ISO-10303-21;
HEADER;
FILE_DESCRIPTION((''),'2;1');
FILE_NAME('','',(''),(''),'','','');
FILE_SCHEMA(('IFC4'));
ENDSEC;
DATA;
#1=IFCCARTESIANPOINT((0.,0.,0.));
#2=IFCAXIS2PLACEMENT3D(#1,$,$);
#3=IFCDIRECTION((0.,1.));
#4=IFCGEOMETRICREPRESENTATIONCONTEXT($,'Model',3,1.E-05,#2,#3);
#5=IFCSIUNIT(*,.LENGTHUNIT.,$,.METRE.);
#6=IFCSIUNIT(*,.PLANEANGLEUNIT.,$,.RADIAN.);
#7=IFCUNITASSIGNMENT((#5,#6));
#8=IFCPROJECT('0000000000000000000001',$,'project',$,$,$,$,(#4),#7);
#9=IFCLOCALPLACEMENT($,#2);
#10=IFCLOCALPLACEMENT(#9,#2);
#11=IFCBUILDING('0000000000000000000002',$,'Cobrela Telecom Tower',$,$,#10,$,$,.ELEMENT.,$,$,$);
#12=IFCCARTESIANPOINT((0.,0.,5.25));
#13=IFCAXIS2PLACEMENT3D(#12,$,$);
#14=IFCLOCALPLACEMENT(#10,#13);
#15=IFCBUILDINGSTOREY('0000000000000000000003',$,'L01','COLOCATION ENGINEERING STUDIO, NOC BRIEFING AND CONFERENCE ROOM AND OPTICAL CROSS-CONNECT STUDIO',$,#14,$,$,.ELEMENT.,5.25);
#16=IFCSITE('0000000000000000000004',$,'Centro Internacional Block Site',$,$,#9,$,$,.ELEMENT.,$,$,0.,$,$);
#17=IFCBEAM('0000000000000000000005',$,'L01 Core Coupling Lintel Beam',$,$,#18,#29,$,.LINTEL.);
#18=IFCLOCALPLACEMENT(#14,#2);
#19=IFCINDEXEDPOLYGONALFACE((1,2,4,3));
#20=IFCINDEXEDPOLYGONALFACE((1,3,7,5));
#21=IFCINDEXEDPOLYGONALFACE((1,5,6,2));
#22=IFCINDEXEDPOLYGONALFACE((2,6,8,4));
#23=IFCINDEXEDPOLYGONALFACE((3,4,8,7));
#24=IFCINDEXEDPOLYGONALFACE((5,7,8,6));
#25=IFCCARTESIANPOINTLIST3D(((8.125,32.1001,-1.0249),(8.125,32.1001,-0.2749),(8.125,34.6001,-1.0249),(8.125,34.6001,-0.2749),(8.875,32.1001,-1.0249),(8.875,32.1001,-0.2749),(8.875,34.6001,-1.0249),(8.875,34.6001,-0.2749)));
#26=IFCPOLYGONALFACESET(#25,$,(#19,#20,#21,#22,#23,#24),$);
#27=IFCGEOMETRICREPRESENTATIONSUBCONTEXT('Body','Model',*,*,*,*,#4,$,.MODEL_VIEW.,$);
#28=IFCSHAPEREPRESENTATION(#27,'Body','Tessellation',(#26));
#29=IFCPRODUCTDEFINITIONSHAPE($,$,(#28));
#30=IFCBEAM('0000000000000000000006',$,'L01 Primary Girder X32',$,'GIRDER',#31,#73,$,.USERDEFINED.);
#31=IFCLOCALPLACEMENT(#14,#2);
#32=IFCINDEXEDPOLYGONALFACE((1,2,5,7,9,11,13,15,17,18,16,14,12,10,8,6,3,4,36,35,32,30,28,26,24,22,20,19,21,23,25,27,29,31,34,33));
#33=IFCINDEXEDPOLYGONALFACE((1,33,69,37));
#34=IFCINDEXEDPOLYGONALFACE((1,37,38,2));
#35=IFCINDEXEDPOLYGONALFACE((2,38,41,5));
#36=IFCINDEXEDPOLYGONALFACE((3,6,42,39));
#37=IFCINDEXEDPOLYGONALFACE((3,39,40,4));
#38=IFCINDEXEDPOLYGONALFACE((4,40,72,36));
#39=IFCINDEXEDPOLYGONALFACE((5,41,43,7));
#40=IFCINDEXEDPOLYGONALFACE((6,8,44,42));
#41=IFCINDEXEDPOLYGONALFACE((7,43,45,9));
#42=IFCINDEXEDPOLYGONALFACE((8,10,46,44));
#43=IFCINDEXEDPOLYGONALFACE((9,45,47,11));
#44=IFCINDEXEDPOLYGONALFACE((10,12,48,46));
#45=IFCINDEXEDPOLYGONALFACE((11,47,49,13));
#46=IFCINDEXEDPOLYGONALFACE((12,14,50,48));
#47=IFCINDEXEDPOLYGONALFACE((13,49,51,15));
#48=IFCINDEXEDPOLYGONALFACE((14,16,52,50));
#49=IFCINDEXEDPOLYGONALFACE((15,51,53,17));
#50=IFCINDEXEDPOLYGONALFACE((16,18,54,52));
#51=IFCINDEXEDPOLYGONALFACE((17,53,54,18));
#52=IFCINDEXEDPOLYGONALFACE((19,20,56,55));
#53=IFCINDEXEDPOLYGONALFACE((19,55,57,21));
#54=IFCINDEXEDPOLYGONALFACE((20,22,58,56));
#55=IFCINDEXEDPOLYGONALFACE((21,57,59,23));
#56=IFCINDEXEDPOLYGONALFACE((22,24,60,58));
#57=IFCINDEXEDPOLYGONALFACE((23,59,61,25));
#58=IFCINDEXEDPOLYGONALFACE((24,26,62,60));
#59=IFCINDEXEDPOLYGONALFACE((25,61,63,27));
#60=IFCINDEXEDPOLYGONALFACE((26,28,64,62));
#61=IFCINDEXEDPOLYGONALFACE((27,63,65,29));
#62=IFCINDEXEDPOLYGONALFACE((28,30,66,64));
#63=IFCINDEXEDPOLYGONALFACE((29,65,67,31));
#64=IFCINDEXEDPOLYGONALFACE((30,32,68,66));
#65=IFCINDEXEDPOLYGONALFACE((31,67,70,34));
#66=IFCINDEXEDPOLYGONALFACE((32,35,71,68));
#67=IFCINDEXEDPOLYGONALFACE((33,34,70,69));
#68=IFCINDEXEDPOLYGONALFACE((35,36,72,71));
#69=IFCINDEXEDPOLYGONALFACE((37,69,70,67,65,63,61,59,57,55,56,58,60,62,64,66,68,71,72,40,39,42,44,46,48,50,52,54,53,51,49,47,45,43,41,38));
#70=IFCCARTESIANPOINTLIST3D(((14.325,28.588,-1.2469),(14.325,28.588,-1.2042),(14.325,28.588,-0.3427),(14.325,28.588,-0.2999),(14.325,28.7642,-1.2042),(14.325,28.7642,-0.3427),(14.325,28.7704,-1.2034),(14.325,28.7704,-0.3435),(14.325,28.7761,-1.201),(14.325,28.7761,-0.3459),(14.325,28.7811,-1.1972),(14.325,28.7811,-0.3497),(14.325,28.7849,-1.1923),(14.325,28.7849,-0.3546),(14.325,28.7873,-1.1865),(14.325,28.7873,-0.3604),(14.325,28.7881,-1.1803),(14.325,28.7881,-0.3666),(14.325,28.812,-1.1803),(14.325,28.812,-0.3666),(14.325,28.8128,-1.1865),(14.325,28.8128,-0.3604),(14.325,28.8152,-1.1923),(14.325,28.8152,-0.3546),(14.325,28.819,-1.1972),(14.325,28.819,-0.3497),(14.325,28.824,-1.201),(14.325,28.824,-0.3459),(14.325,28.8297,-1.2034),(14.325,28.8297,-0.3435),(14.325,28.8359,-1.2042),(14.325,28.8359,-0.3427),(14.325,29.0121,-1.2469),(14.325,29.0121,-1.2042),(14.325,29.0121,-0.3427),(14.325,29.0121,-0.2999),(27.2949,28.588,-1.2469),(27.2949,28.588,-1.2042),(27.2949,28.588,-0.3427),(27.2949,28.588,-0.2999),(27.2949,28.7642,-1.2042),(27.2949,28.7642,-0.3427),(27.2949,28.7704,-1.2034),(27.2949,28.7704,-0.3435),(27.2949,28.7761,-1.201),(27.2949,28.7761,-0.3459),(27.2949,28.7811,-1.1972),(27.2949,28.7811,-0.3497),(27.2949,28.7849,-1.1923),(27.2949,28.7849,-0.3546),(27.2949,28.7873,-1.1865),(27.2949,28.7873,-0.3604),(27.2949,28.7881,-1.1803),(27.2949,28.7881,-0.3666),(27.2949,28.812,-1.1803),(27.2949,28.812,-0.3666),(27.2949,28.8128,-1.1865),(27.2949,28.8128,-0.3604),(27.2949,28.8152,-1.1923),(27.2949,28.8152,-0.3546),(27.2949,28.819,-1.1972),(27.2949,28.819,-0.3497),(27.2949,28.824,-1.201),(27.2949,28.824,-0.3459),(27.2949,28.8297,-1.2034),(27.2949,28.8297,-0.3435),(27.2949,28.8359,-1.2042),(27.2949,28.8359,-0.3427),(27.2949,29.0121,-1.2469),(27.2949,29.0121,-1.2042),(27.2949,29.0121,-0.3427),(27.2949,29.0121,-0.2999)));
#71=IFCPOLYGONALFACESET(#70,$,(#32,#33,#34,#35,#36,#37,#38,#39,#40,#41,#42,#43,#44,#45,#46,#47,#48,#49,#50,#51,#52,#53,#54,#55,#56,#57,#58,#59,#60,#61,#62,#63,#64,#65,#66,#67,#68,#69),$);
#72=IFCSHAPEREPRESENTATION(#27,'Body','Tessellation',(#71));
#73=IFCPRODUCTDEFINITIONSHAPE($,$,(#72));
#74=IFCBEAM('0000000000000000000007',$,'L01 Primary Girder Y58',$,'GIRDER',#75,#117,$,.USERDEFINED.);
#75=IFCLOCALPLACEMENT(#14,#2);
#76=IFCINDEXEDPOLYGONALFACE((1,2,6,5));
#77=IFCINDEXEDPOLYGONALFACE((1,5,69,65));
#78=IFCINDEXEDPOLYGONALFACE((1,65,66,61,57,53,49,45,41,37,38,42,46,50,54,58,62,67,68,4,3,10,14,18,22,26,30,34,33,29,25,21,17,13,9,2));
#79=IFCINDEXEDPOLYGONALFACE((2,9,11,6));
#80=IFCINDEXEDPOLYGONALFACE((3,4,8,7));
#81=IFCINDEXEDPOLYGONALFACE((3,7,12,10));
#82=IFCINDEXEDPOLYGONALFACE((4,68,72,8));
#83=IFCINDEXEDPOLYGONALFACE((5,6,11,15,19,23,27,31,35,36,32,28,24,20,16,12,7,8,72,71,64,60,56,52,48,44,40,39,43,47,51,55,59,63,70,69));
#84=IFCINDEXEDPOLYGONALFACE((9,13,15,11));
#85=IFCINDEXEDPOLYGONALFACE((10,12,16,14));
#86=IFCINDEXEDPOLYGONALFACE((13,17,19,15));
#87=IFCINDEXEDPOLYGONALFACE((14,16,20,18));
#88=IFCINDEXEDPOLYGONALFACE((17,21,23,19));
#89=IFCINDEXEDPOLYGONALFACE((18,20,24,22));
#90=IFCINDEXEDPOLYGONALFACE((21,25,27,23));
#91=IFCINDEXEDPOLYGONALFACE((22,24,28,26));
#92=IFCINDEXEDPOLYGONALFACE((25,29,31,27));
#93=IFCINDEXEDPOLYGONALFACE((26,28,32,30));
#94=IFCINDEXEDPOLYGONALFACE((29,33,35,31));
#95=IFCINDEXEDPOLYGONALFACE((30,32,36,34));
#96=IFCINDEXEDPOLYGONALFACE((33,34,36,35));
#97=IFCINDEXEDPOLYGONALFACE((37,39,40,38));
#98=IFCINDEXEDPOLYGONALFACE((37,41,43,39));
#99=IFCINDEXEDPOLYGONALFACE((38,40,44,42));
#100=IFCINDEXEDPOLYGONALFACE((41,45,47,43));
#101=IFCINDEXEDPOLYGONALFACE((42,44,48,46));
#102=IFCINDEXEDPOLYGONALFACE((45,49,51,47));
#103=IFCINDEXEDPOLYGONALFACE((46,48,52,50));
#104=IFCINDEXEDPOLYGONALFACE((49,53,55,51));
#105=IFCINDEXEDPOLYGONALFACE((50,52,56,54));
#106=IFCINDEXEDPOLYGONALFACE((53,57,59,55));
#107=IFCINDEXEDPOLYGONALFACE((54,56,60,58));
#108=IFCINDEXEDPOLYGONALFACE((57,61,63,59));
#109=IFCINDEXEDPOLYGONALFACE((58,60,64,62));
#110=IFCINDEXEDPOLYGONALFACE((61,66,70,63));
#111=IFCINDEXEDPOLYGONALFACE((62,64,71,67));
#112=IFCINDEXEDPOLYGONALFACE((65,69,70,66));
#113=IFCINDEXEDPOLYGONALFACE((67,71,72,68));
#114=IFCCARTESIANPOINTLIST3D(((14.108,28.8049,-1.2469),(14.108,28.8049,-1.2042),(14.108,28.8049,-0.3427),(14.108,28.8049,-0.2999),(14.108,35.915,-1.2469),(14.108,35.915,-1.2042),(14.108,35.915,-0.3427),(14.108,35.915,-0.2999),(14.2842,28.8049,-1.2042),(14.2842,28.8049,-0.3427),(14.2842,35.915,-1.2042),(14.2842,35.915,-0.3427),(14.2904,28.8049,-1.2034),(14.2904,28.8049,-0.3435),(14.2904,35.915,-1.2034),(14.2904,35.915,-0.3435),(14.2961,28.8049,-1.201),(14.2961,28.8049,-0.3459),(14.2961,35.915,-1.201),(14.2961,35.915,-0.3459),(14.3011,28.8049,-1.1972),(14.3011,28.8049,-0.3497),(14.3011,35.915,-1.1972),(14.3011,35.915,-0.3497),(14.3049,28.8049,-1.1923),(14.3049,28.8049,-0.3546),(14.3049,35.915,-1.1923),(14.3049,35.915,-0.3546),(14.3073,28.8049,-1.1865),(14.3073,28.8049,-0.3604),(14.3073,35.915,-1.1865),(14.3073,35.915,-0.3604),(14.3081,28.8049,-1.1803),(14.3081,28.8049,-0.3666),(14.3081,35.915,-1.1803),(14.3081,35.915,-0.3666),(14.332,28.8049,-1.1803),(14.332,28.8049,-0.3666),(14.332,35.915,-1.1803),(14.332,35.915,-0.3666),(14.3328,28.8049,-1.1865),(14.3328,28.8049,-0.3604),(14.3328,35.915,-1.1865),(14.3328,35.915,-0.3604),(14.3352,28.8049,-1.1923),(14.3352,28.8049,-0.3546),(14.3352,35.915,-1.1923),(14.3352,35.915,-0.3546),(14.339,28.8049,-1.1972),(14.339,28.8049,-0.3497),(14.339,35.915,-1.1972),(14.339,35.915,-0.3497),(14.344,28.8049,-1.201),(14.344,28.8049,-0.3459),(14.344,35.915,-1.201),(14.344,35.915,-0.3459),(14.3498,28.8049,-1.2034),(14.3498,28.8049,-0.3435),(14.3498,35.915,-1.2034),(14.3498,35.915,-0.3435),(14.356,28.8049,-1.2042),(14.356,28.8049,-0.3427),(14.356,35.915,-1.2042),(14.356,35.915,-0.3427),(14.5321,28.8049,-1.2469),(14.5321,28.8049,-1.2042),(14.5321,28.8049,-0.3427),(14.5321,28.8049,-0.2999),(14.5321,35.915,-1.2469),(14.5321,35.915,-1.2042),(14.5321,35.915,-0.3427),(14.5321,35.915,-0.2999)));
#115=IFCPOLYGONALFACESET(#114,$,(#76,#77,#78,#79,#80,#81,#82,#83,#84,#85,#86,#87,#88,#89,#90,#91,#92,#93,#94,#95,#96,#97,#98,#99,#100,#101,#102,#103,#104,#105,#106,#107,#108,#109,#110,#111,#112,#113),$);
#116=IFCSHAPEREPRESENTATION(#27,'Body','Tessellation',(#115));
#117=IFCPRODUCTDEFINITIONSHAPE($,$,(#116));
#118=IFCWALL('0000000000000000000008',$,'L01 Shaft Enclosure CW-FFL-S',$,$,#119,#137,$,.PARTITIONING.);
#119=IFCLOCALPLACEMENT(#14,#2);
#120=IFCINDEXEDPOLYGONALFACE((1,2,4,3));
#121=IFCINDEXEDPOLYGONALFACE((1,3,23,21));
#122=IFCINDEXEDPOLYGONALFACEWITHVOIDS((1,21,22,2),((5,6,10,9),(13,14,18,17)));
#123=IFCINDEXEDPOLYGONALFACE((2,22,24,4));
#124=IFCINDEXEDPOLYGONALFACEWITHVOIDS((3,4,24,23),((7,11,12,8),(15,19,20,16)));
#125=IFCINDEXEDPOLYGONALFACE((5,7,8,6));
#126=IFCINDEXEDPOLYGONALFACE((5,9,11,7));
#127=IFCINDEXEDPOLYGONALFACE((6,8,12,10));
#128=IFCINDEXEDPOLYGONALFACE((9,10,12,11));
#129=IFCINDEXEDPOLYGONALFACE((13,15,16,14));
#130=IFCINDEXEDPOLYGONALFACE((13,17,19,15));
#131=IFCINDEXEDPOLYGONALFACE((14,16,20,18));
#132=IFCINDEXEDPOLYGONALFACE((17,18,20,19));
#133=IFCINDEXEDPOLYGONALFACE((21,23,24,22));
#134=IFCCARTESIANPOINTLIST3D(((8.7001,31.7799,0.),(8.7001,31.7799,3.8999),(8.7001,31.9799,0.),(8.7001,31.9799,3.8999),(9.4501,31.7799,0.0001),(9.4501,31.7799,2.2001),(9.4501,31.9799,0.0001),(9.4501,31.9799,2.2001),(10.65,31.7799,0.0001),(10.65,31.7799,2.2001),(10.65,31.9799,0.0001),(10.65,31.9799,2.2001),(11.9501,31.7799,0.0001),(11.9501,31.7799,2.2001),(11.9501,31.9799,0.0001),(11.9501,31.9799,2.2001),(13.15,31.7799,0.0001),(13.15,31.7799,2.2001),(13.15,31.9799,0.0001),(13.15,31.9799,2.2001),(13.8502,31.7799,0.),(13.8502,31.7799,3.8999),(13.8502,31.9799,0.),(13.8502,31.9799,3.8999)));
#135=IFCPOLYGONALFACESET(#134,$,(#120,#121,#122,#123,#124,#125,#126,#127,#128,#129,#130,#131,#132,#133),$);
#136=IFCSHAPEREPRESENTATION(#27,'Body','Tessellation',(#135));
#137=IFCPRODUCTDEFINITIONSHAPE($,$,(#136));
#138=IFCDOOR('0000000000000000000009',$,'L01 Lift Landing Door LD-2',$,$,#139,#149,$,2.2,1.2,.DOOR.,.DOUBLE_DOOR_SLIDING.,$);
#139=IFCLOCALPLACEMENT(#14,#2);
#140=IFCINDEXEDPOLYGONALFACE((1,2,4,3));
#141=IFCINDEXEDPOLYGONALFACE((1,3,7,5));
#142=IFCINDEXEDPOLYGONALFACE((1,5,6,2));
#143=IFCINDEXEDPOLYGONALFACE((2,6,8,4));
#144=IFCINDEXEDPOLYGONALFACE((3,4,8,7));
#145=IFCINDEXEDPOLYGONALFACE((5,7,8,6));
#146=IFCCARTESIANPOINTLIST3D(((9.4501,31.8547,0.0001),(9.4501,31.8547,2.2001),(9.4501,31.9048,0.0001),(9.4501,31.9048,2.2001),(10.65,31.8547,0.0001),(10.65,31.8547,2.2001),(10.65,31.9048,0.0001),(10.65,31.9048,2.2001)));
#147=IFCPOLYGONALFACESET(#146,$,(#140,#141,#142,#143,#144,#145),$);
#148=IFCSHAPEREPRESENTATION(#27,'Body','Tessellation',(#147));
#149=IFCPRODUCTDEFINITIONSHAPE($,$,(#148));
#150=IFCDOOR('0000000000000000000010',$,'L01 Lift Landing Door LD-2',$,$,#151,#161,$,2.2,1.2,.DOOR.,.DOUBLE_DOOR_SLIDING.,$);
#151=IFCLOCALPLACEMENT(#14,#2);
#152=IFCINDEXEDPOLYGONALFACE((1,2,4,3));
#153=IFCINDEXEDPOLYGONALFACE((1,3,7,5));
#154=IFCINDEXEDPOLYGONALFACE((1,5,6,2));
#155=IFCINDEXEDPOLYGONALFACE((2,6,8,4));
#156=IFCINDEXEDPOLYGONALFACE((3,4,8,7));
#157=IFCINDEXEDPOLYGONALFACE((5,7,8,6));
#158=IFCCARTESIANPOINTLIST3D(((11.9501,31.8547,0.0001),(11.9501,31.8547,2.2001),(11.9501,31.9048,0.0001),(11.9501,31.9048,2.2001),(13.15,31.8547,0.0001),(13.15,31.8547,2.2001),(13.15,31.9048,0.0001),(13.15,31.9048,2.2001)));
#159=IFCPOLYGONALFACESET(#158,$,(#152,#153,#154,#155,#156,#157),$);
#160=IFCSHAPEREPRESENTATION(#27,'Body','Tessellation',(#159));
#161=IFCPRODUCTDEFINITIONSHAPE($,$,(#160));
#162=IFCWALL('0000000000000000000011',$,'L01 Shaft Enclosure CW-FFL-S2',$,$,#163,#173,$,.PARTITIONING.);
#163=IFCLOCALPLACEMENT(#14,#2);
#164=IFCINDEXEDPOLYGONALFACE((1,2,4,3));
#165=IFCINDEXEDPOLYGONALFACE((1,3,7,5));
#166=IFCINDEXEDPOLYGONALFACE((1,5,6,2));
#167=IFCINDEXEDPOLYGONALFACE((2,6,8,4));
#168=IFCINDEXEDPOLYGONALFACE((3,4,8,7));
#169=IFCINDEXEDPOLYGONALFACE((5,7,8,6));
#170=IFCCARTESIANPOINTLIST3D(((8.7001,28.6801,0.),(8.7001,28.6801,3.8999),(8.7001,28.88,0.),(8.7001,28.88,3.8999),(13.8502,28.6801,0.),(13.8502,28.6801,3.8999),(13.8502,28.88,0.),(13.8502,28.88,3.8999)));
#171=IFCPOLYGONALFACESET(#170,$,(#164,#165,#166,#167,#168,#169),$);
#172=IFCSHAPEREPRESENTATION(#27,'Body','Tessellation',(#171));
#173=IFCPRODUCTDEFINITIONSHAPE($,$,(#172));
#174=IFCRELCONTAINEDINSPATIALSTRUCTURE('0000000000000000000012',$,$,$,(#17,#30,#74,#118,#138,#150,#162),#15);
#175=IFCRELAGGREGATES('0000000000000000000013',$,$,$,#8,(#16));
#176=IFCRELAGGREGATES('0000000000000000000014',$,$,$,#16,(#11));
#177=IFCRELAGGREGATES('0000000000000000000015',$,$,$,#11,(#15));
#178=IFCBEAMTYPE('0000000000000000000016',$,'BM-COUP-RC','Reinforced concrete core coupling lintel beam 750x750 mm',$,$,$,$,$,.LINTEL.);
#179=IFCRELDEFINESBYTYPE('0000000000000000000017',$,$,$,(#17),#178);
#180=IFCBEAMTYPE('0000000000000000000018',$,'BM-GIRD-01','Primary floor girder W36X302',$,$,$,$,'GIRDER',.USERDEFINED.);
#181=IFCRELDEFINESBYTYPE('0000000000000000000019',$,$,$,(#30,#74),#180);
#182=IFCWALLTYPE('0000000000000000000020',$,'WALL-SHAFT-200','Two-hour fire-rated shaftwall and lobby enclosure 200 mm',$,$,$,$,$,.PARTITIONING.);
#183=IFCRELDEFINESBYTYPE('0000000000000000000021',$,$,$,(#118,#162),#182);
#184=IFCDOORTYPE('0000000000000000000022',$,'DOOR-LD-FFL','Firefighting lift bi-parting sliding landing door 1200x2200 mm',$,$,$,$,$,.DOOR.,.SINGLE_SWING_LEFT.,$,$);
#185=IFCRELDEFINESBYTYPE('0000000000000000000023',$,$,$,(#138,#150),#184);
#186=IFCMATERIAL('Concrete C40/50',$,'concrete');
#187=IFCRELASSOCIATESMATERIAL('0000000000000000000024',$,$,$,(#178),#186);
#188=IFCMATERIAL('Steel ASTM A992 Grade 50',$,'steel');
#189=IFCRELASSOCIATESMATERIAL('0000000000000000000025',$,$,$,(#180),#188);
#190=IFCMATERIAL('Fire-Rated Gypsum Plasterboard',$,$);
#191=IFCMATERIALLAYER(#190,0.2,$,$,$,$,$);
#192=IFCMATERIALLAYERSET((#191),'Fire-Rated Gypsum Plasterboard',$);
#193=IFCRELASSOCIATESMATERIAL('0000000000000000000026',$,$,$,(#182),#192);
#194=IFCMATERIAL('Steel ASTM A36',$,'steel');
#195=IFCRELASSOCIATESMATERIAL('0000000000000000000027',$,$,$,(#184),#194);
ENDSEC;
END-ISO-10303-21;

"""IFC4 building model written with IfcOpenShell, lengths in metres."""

from ifc_helpers import new_model, si_unit, direction, frame, frame_2d, origin, origin_2d, place, context, subcontext, project, spatial, rectangle, i_section, extrude, material, layer, layer_set, material_profile, profile_set, type_object, element, fill, save


model = new_model("IFC4")

# Units and contexts
model_context = context("Model", 3, precision=1e-05, world=origin(), true_north=direction((0.0, 1.0)))
body_context = subcontext(model_context, "Body", "Model", "MODEL_VIEW")
ifc_project = project(units=[si_unit("LENGTHUNIT", "METRE"), si_unit("PLANEANGLEUNIT", "RADIAN")], contexts=[model_context])

# Site, building, storey
site_placement = place(None, origin())
site = spatial("IfcSite", under=ifc_project, at=site_placement, Name="Centro Internacional Block Site", CompositionType="ELEMENT", RefElevation=0.0)
building_placement = place(site_placement, origin())
building = spatial("IfcBuilding", under=site, at=building_placement, Name="Cobrela Telecom Tower", CompositionType="ELEMENT")
storey_placement = place(building_placement, frame((0.0, 0.0, 5.25)))
storey = spatial("IfcBuildingStorey", under=building, at=storey_placement, Name="L01", Description="COLOCATION ENGINEERING STUDIO, NOC BRIEFING AND CONFERENCE ROOM AND OPTICAL CROSS-CONNECT STUDIO", CompositionType="ELEMENT", Elevation=5.25)

# Beams
ifc_material_1 = material(Name="Concrete C40/50", Category="concrete")
ifc_material_profile_1 = material_profile(ifc_material_1, rectangle(XDim=0.75, YDim=0.75, at=origin_2d()), Name="RC 750x750")
ifc_profile_set_1 = profile_set([ifc_material_profile_1], Name="Concrete C40/50")
beam_type_1 = type_object("IfcBeamType", Name="BM-COUP-RC", Description="Reinforced concrete core coupling lintel beam 750x750 mm", PredefinedType="LINTEL", material=ifc_profile_set_1)
beam_1_placement = place(storey_placement, frame((8.5, 32.1001, -0.6499), z_axis=(0.0, 1.0, 0.0), x_axis=(-1.0, 0.0, 0.0)))
element("IfcBeam", 1, at=beam_1_placement, inside=storey, type_object=beam_type_1, Name="L01 Core Coupling Lintel Beam", PredefinedType="LINTEL", context=body_context, shape_type="SweptSolid", body=[
    extrude(rectangle(XDim=0.75, YDim=0.75, at=origin_2d()), origin(), (0.0, 0.0, 1.0), 2.5),
])
ifc_material_2 = material(Name="Steel ASTM A992 Grade 50", Category="steel")
ifc_material_profile_2 = material_profile(ifc_material_2, i_section(OverallWidth=0.4241, OverallDepth=0.947, WebThickness=0.0239, FlangeThickness=0.0427, FilletRadius=0.0239, at=origin_2d()), Name="W36X302")
ifc_profile_set_2 = profile_set([ifc_material_profile_2], Name="Steel ASTM A992 Grade 50")
beam_type_2 = type_object("IfcBeamType", Name="BM-GIRD-01", Description="Primary floor girder W36X302", ElementType="GIRDER", PredefinedType="USERDEFINED", material=ifc_profile_set_2)
beam_2_placement = place(storey_placement, frame((14.325, 28.8, -0.7734), z_axis=(1.0, 0.0, 0.0), x_axis=(0.0, 1.0, 0.0)))
element("IfcBeam", 2, at=beam_2_placement, inside=storey, type_object=beam_type_2, Name="L01 Primary Girder X32", ObjectType="GIRDER", PredefinedType="USERDEFINED", context=body_context, shape_type="SweptSolid", body=[
    extrude(i_section(OverallWidth=0.4241, OverallDepth=0.947, WebThickness=0.0239, FlangeThickness=0.0427, FilletRadius=0.0239, at=origin_2d()), origin(), (0.0, 0.0, 1.0), 12.97),
])
beam_3_placement = place(storey_placement, frame((14.3201, 28.8049, -0.7734), z_axis=(0.0, 1.0, 0.0), x_axis=(-1.0, 0.0, 0.0)))
element("IfcBeam", 3, at=beam_3_placement, inside=storey, type_object=beam_type_2, Name="L01 Primary Girder Y58", ObjectType="GIRDER", PredefinedType="USERDEFINED", context=body_context, shape_type="SweptSolid", body=[
    extrude(i_section(OverallWidth=0.4241, OverallDepth=0.947, WebThickness=0.0239, FlangeThickness=0.0427, FilletRadius=0.0239, at=origin_2d()), origin(), (0.0, 0.0, 1.0), 7.1101),
])

# Wall, openings, doors
ifc_material_3 = material(Name="Steel ASTM A36", Category="steel")
ifc_material_4 = material(Name="Fire-Rated Gypsum Plasterboard")
ifc_layer_1 = layer(ifc_material_4, 0.2)
ifc_layer_set_1 = layer_set([ifc_layer_1], Name="Fire-Rated Gypsum Plasterboard")
wall_type_1 = type_object("IfcWallType", Name="WALL-SHAFT-200", Description="Two-hour fire-rated shaftwall and lobby enclosure 200 mm", PredefinedType="PARTITIONING", material=ifc_layer_set_1)
wall_1_placement = place(storey_placement, frame((8.7, 31.8799, 0.0), z_axis=(0.0, 0.0, 1.0), x_axis=(1.0, 0.0, 0.0)))
wall_1 = element("IfcWall", 4, at=wall_1_placement, inside=storey, type_object=wall_type_1, Name="L01 Shaft Enclosure CW-FFL-S", PredefinedType="PARTITIONING", context=body_context, shape_type="SweptSolid", body=[
    extrude(rectangle(XDim=5.1501, YDim=0.2, at=frame_2d((2.5752, 0.0))), origin(), (0.0, 0.0, 1.0), 3.8999),
])
opening_1_placement = place(wall_1_placement, frame((0.75, 0.0, 0.0)))
opening_1 = element("IfcOpeningElement", 5, at=opening_1_placement, cuts=wall_1, PredefinedType="OPENING", context=body_context, shape_type="SweptSolid", body=[
    extrude(rectangle(XDim=1.2, YDim=2.2, at=frame_2d((0.6001, 1.1001))), frame((0.0, 0.1118, 0.0), z_axis=(0.0, -1.0, 0.0), x_axis=(1.0, 0.0, 0.0)), (0.0, 0.0, 1.0), 0.2239),
])
opening_2_placement = place(wall_1_placement, frame((3.25, 0.0, 0.0)))
opening_2 = element("IfcOpeningElement", 6, at=opening_2_placement, cuts=wall_1, PredefinedType="OPENING", context=body_context, shape_type="SweptSolid", body=[
    extrude(rectangle(XDim=1.2, YDim=2.2, at=frame_2d((0.6001, 1.1001))), frame((0.0, 0.1118, 0.0), z_axis=(0.0, -1.0, 0.0), x_axis=(1.0, 0.0, 0.0)), (0.0, 0.0, 1.0), 0.2239),
])
door_type_1 = type_object("IfcDoorType", Name="DOOR-LD-FFL", Description="Firefighting lift bi-parting sliding landing door 1200x2200 mm", OperationType="SINGLE_SWING_LEFT", PredefinedType="DOOR", material=ifc_material_3)
door_1_placement = place(opening_1_placement, origin())
door_1 = element("IfcDoor", 7, at=door_1_placement, inside=storey, type_object=door_type_1, Name="L01 Lift Landing Door LD-2", OperationType="DOUBLE_DOOR_SLIDING", OverallHeight=2.2, OverallWidth=1.2, PredefinedType="DOOR", context=body_context, shape_type="SweptSolid", body=[
    extrude(rectangle(XDim=1.2, YDim=2.2, at=frame_2d((0.6001, 1.1001))), frame((0.0, 0.0249, 0.0), z_axis=(0.0, -1.0, 0.0), x_axis=(1.0, 0.0, 0.0)), (0.0, 0.0, 1.0), 0.05),
])
fill(opening_1, door_1)
door_2_placement = place(opening_2_placement, origin())
door_2 = element("IfcDoor", 8, at=door_2_placement, inside=storey, type_object=door_type_1, Name="L01 Lift Landing Door LD-2", OperationType="DOUBLE_DOOR_SLIDING", OverallHeight=2.2, OverallWidth=1.2, PredefinedType="DOOR", context=body_context, shape_type="SweptSolid", body=[
    extrude(rectangle(XDim=1.2, YDim=2.2, at=frame_2d((0.6001, 1.1001))), frame((0.0, 0.0249, 0.0), z_axis=(0.0, -1.0, 0.0), x_axis=(1.0, 0.0, 0.0)), (0.0, 0.0, 1.0), 0.05),
])
fill(opening_2, door_2)

# Wall
wall_2_placement = place(storey_placement, frame((8.7, 28.78, 0.0), z_axis=(0.0, 0.0, 1.0), x_axis=(1.0, 0.0, 0.0)))
element("IfcWall", 9, at=wall_2_placement, inside=storey, type_object=wall_type_1, Name="L01 Shaft Enclosure CW-FFL-S2", PredefinedType="PARTITIONING", context=body_context, shape_type="SweptSolid", body=[
    extrude(rectangle(XDim=5.1501, YDim=0.2, at=frame_2d((2.5752, 0.0))), origin(), (0.0, 0.0, 1.0), 3.8999),
])

save(model, "model.ifc")
